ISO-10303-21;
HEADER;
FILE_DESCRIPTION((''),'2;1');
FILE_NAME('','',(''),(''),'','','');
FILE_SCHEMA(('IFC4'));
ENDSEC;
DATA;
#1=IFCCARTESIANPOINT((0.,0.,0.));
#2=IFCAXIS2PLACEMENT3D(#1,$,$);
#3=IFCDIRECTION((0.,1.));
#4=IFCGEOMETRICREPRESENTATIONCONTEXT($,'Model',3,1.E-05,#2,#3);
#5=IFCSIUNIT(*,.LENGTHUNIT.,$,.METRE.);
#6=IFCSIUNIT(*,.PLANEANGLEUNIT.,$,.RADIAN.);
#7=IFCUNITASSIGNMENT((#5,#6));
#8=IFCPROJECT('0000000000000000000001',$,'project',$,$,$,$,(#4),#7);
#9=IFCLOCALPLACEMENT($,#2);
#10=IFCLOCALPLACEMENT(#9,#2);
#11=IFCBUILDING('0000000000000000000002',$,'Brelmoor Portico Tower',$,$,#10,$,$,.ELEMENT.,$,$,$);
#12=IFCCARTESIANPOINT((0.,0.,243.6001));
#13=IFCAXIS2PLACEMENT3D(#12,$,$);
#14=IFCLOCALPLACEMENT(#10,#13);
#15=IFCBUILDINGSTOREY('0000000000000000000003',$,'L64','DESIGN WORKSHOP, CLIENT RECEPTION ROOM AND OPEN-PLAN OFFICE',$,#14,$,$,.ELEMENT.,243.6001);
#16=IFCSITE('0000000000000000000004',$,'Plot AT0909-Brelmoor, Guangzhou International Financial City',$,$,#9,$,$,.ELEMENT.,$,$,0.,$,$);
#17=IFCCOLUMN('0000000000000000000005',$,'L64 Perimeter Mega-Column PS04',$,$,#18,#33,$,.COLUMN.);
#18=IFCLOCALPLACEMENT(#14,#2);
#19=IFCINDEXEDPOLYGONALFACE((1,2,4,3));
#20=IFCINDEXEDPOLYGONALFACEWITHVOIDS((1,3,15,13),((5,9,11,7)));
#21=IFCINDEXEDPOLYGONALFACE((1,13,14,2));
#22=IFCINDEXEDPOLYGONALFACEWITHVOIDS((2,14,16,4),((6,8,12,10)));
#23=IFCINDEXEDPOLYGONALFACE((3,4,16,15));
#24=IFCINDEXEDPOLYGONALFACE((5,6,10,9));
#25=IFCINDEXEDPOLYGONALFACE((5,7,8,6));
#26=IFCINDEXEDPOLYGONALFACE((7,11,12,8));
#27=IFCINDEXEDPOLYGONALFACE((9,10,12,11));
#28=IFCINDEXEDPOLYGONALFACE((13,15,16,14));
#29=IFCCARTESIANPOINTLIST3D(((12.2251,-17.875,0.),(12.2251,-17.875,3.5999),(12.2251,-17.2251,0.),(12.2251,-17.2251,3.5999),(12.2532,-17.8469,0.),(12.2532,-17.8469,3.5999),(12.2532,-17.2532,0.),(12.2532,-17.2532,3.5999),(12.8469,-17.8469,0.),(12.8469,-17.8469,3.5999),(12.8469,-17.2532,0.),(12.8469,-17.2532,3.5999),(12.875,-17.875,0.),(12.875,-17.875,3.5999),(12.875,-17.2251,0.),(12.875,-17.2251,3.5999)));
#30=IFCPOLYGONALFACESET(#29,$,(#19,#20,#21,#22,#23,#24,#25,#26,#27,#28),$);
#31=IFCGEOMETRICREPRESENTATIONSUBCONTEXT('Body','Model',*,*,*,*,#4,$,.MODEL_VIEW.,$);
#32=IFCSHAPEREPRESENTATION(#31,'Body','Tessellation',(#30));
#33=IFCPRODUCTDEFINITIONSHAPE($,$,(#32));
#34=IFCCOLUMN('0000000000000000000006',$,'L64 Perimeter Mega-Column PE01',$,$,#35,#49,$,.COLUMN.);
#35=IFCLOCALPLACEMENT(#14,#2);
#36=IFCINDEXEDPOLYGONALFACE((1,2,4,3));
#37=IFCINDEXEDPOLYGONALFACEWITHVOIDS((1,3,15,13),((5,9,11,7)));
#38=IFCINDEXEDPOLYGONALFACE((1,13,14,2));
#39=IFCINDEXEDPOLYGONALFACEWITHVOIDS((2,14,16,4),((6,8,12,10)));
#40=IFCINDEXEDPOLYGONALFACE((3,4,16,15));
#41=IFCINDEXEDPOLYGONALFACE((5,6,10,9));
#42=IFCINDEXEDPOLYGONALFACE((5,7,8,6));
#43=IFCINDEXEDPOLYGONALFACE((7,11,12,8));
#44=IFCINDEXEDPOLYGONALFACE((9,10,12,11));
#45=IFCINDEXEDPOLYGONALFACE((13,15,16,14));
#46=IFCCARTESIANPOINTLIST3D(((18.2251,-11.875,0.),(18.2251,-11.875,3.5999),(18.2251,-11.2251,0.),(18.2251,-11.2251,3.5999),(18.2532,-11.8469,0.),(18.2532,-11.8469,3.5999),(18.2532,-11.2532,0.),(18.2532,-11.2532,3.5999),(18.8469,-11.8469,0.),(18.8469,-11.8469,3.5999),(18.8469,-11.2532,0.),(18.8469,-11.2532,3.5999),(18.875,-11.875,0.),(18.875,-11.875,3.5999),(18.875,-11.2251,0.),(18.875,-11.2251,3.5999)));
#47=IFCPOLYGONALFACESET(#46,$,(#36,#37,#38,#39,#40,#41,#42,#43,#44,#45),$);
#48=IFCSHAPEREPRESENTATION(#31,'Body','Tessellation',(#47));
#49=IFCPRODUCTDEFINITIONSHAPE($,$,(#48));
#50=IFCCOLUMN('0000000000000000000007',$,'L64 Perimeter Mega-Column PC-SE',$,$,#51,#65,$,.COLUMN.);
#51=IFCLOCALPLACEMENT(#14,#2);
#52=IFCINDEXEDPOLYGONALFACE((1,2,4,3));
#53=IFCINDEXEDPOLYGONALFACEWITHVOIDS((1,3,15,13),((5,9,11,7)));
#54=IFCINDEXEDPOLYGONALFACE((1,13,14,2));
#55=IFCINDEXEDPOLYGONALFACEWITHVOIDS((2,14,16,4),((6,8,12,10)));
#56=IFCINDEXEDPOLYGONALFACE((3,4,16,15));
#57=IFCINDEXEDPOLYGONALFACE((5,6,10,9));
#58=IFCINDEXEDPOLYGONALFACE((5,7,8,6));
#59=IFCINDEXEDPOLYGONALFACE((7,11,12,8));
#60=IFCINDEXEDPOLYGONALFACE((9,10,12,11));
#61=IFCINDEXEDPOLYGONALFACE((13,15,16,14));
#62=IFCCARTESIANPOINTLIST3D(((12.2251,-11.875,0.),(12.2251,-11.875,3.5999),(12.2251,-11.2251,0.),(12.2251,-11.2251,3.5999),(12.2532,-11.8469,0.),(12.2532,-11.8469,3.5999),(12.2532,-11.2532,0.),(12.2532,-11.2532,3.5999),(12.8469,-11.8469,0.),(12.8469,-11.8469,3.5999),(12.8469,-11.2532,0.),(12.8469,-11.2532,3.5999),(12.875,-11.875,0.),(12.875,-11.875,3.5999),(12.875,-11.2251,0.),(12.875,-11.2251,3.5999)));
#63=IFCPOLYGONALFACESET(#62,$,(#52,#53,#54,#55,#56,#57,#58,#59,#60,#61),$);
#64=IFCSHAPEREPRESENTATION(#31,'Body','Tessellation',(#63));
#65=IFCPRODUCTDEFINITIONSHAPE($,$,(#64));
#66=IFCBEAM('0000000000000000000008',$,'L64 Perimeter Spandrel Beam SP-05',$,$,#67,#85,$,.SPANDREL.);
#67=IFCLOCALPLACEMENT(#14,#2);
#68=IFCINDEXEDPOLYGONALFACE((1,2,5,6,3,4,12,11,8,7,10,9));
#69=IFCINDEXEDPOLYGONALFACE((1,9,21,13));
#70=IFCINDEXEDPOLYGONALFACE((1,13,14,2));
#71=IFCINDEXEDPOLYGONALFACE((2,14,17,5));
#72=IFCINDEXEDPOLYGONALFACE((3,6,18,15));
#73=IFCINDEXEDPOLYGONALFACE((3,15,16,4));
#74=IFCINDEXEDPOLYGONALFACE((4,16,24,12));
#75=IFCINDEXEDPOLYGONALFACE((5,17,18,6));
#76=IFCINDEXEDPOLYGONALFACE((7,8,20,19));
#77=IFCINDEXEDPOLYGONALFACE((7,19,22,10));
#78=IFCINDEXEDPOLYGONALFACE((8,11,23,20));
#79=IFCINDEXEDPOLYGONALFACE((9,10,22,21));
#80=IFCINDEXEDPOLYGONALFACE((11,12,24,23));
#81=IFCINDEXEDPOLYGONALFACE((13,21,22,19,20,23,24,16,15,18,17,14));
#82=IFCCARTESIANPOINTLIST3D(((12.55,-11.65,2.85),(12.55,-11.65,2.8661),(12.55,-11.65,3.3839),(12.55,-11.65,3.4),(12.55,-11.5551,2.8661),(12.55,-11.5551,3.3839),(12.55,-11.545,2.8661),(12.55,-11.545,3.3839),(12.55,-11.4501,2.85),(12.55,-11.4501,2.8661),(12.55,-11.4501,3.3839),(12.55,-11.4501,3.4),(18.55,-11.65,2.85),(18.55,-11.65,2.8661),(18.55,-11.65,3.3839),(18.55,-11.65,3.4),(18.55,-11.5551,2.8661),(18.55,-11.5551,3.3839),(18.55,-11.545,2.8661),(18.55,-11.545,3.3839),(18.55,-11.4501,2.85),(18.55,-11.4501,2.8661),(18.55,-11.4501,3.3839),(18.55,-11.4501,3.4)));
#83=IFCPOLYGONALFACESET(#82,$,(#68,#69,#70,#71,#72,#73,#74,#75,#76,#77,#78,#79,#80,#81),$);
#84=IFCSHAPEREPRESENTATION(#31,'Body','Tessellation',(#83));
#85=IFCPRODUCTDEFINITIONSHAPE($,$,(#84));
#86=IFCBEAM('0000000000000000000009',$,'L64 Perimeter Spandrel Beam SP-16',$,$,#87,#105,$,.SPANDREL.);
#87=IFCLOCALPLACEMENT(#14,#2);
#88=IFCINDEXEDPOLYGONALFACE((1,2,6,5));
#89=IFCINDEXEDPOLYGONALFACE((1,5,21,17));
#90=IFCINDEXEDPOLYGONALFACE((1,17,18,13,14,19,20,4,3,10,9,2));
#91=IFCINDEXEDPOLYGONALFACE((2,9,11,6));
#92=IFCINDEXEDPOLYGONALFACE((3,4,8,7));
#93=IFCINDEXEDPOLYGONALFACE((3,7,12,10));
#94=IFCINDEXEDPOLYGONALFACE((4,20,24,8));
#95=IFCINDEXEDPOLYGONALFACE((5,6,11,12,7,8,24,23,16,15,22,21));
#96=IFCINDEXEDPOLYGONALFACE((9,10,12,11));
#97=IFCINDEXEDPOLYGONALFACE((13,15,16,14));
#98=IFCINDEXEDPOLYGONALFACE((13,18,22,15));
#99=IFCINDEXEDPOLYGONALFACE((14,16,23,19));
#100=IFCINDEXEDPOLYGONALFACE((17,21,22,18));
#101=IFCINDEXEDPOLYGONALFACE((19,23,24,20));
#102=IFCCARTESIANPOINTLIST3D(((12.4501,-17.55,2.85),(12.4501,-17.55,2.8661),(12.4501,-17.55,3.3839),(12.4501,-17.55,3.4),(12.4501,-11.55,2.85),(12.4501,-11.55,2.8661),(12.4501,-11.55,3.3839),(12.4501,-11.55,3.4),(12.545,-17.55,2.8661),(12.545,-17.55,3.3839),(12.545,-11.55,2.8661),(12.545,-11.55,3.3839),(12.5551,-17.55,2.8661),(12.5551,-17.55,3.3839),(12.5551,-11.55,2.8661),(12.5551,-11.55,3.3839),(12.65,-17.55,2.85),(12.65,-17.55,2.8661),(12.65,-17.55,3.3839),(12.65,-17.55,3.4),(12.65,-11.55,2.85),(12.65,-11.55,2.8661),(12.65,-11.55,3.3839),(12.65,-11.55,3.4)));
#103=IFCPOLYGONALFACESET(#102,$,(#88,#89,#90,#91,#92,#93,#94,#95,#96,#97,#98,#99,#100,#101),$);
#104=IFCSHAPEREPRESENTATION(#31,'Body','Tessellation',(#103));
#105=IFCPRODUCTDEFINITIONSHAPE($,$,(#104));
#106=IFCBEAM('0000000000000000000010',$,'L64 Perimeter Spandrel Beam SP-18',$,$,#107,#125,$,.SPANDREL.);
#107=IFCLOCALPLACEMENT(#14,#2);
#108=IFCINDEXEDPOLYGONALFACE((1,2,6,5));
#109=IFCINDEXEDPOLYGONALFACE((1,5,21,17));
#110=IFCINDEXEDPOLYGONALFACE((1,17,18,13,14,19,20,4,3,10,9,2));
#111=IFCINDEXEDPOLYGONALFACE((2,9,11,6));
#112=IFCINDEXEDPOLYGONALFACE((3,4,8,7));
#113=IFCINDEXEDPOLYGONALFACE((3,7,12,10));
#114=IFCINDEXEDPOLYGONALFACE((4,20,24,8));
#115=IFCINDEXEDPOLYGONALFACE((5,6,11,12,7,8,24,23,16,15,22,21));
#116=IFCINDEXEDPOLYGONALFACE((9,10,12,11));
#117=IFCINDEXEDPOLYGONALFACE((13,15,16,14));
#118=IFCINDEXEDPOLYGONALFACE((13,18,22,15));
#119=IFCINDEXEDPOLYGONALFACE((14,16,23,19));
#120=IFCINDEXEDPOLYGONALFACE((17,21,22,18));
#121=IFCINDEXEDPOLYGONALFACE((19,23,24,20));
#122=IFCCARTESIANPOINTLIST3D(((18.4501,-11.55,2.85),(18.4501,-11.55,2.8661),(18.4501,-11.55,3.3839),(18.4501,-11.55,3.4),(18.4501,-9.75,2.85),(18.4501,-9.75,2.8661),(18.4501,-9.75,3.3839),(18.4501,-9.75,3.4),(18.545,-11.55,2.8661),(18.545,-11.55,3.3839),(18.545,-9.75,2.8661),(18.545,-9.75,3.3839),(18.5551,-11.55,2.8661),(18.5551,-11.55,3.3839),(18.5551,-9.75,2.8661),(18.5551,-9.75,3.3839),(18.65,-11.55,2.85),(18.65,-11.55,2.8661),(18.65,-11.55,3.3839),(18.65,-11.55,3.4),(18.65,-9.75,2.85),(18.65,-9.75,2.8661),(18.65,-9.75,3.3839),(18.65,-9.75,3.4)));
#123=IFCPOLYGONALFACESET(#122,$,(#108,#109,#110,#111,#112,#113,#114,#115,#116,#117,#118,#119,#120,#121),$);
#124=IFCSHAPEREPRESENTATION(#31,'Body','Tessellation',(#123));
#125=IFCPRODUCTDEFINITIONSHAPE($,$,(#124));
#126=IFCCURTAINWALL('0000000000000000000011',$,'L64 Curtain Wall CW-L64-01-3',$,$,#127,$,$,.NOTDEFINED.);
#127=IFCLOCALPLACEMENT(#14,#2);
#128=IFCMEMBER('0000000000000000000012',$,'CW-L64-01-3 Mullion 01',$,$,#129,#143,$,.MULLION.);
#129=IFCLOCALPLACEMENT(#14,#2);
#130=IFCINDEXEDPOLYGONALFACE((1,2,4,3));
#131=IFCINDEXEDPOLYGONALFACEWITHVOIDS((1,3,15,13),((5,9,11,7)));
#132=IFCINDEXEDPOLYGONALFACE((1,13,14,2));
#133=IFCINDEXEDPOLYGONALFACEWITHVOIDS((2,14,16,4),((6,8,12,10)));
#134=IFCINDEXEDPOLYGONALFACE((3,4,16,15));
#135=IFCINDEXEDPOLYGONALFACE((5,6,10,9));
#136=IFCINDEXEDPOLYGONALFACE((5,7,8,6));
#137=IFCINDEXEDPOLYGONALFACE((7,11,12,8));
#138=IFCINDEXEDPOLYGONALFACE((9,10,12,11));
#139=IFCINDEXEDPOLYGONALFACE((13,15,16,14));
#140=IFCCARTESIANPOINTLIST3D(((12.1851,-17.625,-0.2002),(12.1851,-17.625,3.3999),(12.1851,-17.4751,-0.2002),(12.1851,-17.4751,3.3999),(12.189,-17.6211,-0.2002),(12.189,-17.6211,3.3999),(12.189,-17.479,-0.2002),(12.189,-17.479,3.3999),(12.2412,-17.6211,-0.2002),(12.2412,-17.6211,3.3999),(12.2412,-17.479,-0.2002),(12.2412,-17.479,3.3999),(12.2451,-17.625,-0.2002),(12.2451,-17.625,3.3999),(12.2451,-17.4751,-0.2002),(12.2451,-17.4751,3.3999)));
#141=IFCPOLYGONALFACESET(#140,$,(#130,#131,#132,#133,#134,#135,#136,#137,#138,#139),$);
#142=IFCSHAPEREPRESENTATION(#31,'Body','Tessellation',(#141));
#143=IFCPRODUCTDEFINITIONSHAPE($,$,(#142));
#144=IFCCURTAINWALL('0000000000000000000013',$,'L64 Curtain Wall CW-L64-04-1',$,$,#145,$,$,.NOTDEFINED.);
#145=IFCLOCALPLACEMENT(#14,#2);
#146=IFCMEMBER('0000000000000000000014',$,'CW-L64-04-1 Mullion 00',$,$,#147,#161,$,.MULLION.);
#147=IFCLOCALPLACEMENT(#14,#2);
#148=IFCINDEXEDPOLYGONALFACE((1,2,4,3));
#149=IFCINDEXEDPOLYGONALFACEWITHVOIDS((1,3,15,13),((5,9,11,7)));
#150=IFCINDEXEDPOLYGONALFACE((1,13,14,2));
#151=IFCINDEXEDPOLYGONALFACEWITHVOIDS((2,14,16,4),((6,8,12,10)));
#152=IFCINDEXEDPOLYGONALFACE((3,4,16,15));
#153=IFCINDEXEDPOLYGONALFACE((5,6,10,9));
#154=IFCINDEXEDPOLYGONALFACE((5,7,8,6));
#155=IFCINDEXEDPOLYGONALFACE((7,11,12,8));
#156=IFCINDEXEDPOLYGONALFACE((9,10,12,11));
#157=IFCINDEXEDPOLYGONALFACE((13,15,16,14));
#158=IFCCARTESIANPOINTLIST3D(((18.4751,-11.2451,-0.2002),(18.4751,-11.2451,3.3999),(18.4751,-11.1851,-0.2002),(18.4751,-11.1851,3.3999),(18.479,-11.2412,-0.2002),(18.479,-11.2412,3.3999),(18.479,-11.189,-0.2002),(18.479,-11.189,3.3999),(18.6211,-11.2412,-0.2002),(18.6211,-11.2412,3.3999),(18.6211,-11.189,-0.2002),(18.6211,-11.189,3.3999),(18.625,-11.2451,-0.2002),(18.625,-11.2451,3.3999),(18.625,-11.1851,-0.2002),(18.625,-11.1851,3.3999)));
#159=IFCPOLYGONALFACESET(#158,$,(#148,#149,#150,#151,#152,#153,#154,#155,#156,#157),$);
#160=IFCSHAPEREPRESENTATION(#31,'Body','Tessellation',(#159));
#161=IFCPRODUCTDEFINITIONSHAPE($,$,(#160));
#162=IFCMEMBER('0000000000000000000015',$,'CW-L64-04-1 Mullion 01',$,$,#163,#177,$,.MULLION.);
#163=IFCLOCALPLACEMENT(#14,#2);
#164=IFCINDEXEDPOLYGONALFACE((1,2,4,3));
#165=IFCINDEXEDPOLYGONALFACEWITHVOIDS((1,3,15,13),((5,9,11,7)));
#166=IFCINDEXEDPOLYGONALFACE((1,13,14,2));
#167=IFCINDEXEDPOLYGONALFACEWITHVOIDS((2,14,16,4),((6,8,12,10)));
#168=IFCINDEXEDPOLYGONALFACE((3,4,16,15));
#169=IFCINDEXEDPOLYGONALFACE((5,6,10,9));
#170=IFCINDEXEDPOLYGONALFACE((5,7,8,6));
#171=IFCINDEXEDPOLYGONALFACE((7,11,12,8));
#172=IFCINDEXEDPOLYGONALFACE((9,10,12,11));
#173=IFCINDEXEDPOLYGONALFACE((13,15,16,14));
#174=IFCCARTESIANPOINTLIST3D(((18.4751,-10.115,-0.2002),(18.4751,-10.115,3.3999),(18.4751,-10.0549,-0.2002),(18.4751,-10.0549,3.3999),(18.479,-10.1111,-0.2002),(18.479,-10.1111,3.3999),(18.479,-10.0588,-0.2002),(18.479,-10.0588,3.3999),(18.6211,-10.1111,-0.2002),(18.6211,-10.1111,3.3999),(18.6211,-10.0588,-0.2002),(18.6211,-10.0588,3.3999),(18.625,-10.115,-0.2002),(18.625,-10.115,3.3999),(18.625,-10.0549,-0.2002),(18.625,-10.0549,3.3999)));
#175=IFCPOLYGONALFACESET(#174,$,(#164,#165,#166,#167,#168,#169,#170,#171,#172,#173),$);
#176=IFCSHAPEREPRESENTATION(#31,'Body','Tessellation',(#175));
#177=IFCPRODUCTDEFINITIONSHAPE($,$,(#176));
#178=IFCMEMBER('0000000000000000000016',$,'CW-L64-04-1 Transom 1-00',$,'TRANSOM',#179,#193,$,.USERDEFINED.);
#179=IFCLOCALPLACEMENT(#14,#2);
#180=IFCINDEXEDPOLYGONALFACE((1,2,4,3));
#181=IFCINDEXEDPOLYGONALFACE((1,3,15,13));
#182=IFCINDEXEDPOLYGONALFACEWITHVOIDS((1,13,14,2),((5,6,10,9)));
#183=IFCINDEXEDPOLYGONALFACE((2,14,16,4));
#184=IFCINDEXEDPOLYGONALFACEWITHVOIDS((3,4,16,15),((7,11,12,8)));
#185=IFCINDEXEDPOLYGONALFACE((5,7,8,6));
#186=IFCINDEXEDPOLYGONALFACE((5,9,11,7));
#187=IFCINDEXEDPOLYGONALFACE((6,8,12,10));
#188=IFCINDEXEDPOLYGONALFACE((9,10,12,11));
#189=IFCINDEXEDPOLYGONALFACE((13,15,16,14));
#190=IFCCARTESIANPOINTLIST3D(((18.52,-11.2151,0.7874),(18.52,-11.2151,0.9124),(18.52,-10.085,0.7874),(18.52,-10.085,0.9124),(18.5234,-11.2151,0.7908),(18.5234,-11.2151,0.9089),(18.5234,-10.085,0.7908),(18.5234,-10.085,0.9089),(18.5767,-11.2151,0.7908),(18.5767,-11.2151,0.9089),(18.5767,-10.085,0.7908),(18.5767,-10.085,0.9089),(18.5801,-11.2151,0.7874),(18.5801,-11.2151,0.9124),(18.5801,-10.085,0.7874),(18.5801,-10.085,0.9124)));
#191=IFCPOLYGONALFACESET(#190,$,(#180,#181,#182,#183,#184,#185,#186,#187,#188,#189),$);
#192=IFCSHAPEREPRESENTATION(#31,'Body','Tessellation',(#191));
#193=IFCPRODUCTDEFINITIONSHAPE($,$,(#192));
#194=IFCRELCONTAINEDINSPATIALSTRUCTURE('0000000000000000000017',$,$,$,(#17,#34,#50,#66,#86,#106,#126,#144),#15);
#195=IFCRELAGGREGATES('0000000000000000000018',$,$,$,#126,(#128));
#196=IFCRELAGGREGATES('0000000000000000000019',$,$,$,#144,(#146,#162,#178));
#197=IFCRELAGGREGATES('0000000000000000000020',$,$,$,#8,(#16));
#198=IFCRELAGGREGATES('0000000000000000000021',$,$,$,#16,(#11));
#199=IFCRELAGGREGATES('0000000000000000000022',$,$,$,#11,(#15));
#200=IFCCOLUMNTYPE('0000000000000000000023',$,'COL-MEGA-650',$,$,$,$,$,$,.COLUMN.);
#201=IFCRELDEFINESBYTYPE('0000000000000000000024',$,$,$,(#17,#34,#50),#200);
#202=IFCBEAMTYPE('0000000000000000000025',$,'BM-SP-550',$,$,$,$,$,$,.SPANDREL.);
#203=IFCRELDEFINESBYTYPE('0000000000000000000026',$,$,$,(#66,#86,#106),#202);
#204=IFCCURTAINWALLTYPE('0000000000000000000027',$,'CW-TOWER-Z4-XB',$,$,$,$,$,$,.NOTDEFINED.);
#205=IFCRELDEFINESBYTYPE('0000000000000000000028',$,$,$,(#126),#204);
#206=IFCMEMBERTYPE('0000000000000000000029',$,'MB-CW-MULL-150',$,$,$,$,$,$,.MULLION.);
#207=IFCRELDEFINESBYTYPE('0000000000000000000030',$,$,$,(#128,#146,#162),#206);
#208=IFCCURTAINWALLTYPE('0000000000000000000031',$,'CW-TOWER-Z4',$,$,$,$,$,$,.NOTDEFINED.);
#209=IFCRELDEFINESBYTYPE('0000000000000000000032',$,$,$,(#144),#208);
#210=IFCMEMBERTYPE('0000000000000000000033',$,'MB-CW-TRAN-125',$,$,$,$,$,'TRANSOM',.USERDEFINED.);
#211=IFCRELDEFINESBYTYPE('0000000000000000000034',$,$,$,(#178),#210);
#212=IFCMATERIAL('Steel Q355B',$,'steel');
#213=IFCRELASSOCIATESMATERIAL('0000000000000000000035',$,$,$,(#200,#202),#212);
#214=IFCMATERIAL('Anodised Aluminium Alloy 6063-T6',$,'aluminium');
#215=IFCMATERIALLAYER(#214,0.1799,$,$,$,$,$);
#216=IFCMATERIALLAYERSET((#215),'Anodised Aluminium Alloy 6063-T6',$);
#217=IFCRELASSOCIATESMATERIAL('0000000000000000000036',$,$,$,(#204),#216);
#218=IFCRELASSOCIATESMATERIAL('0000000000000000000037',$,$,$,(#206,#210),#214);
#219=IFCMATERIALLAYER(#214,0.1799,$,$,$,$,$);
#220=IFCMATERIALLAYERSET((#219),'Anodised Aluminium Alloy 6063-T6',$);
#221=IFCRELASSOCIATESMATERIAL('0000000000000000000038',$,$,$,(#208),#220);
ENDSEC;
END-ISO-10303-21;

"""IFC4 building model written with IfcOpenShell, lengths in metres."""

from ifc_helpers import new_model, si_unit, direction, frame, origin, origin_2d, place, context, subcontext, project, spatial, hollow_rectangle, i_section, extrude, material, layer, layer_set, material_profile, profile_set, type_object, element, aggregate, save


model = new_model("IFC4")

# Units and contexts
model_context = context("Model", 3, precision=1e-05, world=origin(), true_north=direction((0.0, 1.0)))
body_context = subcontext(model_context, "Body", "Model", "MODEL_VIEW")
ifc_project = project(units=[si_unit("LENGTHUNIT", "METRE"), si_unit("PLANEANGLEUNIT", "RADIAN")], contexts=[model_context])

# Site, building, storey
site_placement = place(None, origin())
site = spatial("IfcSite", under=ifc_project, at=site_placement, Name="Plot AT0909-Brelmoor, Guangzhou International Financial City", CompositionType="ELEMENT", RefElevation=0.0)
building_placement = place(site_placement, origin())
building = spatial("IfcBuilding", under=site, at=building_placement, Name="Brelmoor Portico Tower", CompositionType="ELEMENT")
storey_placement = place(building_placement, frame((0.0, 0.0, 243.6001)))
storey = spatial("IfcBuildingStorey", under=building, at=storey_placement, Name="L64", Description="DESIGN WORKSHOP, CLIENT RECEPTION ROOM AND OPEN-PLAN OFFICE", CompositionType="ELEMENT", Elevation=243.6001)

# Columns
ifc_material_1 = material(Name="Steel Q355B", Category="steel")
ifc_material_profile_1 = material_profile(ifc_material_1, hollow_rectangle(XDim=0.6499, YDim=0.6499, WallThickness=0.0281, at=origin_2d()), Name="BOX 650x650x28")
ifc_profile_set_1 = profile_set([ifc_material_profile_1], Name="Steel Q355B")
column_type = type_object("IfcColumnType", Name="COL-MEGA-650", PredefinedType="COLUMN", material=ifc_profile_set_1)
for number, where, z_axis, x_axis, name in (
    (1, (12.55, -17.55, 0.0), (0.0, 0.0, 1.0), (1.0, 0.0, 0.0), "L64 Perimeter Mega-Column PS04"),
    (2, (18.55, -11.55, 0.0), (0.0, 0.0, 1.0), (0.0, 1.0, 0.0), "L64 Perimeter Mega-Column PE01"),
    (3, (12.55, -11.55, 0.0), (0.0, 0.0, 1.0), (1.0, 0.0, 0.0), "L64 Perimeter Mega-Column PC-SE"),
):
    element("IfcColumn", number, at=place(storey_placement, frame(where, z_axis=z_axis, x_axis=x_axis)), inside=storey, type_object=column_type, Name=name, PredefinedType="COLUMN", context=body_context, shape_type="SweptSolid", body=[
        extrude(hollow_rectangle(XDim=0.6499, YDim=0.6499, WallThickness=0.0281, at=origin_2d()), origin(), (0.0, 0.0, 1.0), 3.5999),
    ])

# Beams
ifc_material_profile_2 = material_profile(ifc_material_1, i_section(OverallWidth=0.2, OverallDepth=0.55, WebThickness=0.01, FlangeThickness=0.0161, at=origin_2d()), Name="HN 550x200x10x16")
ifc_profile_set_2 = profile_set([ifc_material_profile_2], Name="Steel Q355B")
beam_type = type_object("IfcBeamType", Name="BM-SP-550", PredefinedType="SPANDREL", material=ifc_profile_set_2)
for number, where, z_axis, x_axis, name in (
    (4, (12.55, -11.55, 3.125), (1.0, 0.0, 0.0), (0.0, 1.0, 0.0), "L64 Perimeter Spandrel Beam SP-05"),
    (5, (12.55, -17.55, 3.125), (0.0, 1.0, 0.0), (-1.0, 0.0, 0.0), "L64 Perimeter Spandrel Beam SP-16"),
):
    element("IfcBeam", number, at=place(storey_placement, frame(where, z_axis=z_axis, x_axis=x_axis)), inside=storey, type_object=beam_type, Name=name, PredefinedType="SPANDREL", context=body_context, shape_type="SweptSolid", body=[
        extrude(i_section(OverallWidth=0.2, OverallDepth=0.55, WebThickness=0.01, FlangeThickness=0.0161, at=origin_2d()), origin(), (0.0, 0.0, 1.0), 6.0),
    ])
beam_placement = place(storey_placement, frame((18.55, -11.55, 3.125), z_axis=(0.0, 1.0, 0.0), x_axis=(-1.0, 0.0, 0.0)))
element("IfcBeam", 6, at=beam_placement, inside=storey, type_object=beam_type, Name="L64 Perimeter Spandrel Beam SP-18", PredefinedType="SPANDREL", context=body_context, shape_type="SweptSolid", body=[
    extrude(i_section(OverallWidth=0.2, OverallDepth=0.55, WebThickness=0.01, FlangeThickness=0.0161, at=origin_2d()), origin(), (0.0, 0.0, 1.0), 1.8),
])

# Curtain wall, member
ifc_material_2 = material(Name="Anodised Aluminium Alloy 6063-T6", Category="aluminium")
ifc_layer_1 = layer(ifc_material_2, 0.1799)
ifc_layer_set_1 = layer_set([ifc_layer_1], Name="Anodised Aluminium Alloy 6063-T6")
curtain_wall_type_1 = type_object("IfcCurtainWallType", Name="CW-TOWER-Z4-XB", PredefinedType="NOTDEFINED", material=ifc_layer_set_1)
curtain_wall_1_placement = place(storey_placement, origin())
curtain_wall_1 = element("IfcCurtainWall", 7, at=curtain_wall_1_placement, inside=storey, type_object=curtain_wall_type_1, Name="L64 Curtain Wall CW-L64-01-3", PredefinedType="NOTDEFINED")
ifc_material_profile_3 = material_profile(ifc_material_2, hollow_rectangle(XDim=0.0601, YDim=0.1499, WallThickness=0.0039, at=origin_2d()), Name="ALU MULLION 60x150")
ifc_profile_set_3 = profile_set([ifc_material_profile_3], Name="Anodised Aluminium Alloy 6063-T6")
member_type_1 = type_object("IfcMemberType", Name="MB-CW-MULL-150", PredefinedType="MULLION", material=ifc_profile_set_3)
member_1_placement = place(storey_placement, frame((12.2151, -17.55, -0.2002), z_axis=(0.0, 0.0, 1.0), x_axis=(1.0, 0.0, 0.0)))
member_1 = element("IfcMember", 8, at=member_1_placement, type_object=member_type_1, Name="CW-L64-01-3 Mullion 01", PredefinedType="MULLION", context=body_context, shape_type="SweptSolid", body=[
    extrude(hollow_rectangle(XDim=0.0601, YDim=0.1499, WallThickness=0.0039, at=origin_2d()), origin(), (0.0, 0.0, 1.0), 3.6001),
])

# Curtain wall, members
ifc_layer_2 = layer(ifc_material_2, 0.1799)
ifc_layer_set_2 = layer_set([ifc_layer_2], Name="Anodised Aluminium Alloy 6063-T6")
curtain_wall_type_2 = type_object("IfcCurtainWallType", Name="CW-TOWER-Z4", PredefinedType="NOTDEFINED", material=ifc_layer_set_2)
curtain_wall_2_placement = place(storey_placement, origin())
curtain_wall_2 = element("IfcCurtainWall", 9, at=curtain_wall_2_placement, inside=storey, type_object=curtain_wall_type_2, Name="L64 Curtain Wall CW-L64-04-1", PredefinedType="NOTDEFINED")
member_2_placement = place(storey_placement, frame((18.55, -11.2151, -0.2002), z_axis=(0.0, 0.0, 1.0), x_axis=(0.0, 1.0, 0.0)))
member_2 = element("IfcMember", 10, at=member_2_placement, type_object=member_type_1, Name="CW-L64-04-1 Mullion 00", PredefinedType="MULLION", context=body_context, shape_type="SweptSolid", body=[
    extrude(hollow_rectangle(XDim=0.0601, YDim=0.1499, WallThickness=0.0039, at=origin_2d()), origin(), (0.0, 0.0, 1.0), 3.6001),
])
member_3_placement = place(storey_placement, frame((18.55, -10.085, -0.2002), z_axis=(0.0, 0.0, 1.0), x_axis=(0.0, 1.0, 0.0)))
member_3 = element("IfcMember", 11, at=member_3_placement, type_object=member_type_1, Name="CW-L64-04-1 Mullion 01", PredefinedType="MULLION", context=body_context, shape_type="SweptSolid", body=[
    extrude(hollow_rectangle(XDim=0.0601, YDim=0.1499, WallThickness=0.0039, at=origin_2d()), origin(), (0.0, 0.0, 1.0), 3.6001),
])
ifc_material_profile_4 = material_profile(ifc_material_2, hollow_rectangle(XDim=0.0601, YDim=0.125, WallThickness=0.0034, at=origin_2d()), Name="ALU TRANSOM 60x125")
ifc_profile_set_4 = profile_set([ifc_material_profile_4], Name="Anodised Aluminium Alloy 6063-T6")
member_type_2 = type_object("IfcMemberType", Name="MB-CW-TRAN-125", ElementType="TRANSOM", PredefinedType="USERDEFINED", material=ifc_profile_set_4)
member_4_placement = place(storey_placement, frame((18.55, -11.2151, 0.8499), z_axis=(0.0, 1.0, 0.0), x_axis=(-1.0, 0.0, 0.0)))
member_4 = element("IfcMember", 12, at=member_4_placement, type_object=member_type_2, Name="CW-L64-04-1 Transom 1-00", ObjectType="TRANSOM", PredefinedType="USERDEFINED", context=body_context, shape_type="SweptSolid", body=[
    extrude(hollow_rectangle(XDim=0.0601, YDim=0.125, WallThickness=0.0034, at=origin_2d()), origin(), (0.0, 0.0, 1.0), 1.1301),
])

aggregate(curtain_wall_1, [member_1])
aggregate(curtain_wall_2, [member_2, member_3, member_4])

save(model, "model.ifc")
